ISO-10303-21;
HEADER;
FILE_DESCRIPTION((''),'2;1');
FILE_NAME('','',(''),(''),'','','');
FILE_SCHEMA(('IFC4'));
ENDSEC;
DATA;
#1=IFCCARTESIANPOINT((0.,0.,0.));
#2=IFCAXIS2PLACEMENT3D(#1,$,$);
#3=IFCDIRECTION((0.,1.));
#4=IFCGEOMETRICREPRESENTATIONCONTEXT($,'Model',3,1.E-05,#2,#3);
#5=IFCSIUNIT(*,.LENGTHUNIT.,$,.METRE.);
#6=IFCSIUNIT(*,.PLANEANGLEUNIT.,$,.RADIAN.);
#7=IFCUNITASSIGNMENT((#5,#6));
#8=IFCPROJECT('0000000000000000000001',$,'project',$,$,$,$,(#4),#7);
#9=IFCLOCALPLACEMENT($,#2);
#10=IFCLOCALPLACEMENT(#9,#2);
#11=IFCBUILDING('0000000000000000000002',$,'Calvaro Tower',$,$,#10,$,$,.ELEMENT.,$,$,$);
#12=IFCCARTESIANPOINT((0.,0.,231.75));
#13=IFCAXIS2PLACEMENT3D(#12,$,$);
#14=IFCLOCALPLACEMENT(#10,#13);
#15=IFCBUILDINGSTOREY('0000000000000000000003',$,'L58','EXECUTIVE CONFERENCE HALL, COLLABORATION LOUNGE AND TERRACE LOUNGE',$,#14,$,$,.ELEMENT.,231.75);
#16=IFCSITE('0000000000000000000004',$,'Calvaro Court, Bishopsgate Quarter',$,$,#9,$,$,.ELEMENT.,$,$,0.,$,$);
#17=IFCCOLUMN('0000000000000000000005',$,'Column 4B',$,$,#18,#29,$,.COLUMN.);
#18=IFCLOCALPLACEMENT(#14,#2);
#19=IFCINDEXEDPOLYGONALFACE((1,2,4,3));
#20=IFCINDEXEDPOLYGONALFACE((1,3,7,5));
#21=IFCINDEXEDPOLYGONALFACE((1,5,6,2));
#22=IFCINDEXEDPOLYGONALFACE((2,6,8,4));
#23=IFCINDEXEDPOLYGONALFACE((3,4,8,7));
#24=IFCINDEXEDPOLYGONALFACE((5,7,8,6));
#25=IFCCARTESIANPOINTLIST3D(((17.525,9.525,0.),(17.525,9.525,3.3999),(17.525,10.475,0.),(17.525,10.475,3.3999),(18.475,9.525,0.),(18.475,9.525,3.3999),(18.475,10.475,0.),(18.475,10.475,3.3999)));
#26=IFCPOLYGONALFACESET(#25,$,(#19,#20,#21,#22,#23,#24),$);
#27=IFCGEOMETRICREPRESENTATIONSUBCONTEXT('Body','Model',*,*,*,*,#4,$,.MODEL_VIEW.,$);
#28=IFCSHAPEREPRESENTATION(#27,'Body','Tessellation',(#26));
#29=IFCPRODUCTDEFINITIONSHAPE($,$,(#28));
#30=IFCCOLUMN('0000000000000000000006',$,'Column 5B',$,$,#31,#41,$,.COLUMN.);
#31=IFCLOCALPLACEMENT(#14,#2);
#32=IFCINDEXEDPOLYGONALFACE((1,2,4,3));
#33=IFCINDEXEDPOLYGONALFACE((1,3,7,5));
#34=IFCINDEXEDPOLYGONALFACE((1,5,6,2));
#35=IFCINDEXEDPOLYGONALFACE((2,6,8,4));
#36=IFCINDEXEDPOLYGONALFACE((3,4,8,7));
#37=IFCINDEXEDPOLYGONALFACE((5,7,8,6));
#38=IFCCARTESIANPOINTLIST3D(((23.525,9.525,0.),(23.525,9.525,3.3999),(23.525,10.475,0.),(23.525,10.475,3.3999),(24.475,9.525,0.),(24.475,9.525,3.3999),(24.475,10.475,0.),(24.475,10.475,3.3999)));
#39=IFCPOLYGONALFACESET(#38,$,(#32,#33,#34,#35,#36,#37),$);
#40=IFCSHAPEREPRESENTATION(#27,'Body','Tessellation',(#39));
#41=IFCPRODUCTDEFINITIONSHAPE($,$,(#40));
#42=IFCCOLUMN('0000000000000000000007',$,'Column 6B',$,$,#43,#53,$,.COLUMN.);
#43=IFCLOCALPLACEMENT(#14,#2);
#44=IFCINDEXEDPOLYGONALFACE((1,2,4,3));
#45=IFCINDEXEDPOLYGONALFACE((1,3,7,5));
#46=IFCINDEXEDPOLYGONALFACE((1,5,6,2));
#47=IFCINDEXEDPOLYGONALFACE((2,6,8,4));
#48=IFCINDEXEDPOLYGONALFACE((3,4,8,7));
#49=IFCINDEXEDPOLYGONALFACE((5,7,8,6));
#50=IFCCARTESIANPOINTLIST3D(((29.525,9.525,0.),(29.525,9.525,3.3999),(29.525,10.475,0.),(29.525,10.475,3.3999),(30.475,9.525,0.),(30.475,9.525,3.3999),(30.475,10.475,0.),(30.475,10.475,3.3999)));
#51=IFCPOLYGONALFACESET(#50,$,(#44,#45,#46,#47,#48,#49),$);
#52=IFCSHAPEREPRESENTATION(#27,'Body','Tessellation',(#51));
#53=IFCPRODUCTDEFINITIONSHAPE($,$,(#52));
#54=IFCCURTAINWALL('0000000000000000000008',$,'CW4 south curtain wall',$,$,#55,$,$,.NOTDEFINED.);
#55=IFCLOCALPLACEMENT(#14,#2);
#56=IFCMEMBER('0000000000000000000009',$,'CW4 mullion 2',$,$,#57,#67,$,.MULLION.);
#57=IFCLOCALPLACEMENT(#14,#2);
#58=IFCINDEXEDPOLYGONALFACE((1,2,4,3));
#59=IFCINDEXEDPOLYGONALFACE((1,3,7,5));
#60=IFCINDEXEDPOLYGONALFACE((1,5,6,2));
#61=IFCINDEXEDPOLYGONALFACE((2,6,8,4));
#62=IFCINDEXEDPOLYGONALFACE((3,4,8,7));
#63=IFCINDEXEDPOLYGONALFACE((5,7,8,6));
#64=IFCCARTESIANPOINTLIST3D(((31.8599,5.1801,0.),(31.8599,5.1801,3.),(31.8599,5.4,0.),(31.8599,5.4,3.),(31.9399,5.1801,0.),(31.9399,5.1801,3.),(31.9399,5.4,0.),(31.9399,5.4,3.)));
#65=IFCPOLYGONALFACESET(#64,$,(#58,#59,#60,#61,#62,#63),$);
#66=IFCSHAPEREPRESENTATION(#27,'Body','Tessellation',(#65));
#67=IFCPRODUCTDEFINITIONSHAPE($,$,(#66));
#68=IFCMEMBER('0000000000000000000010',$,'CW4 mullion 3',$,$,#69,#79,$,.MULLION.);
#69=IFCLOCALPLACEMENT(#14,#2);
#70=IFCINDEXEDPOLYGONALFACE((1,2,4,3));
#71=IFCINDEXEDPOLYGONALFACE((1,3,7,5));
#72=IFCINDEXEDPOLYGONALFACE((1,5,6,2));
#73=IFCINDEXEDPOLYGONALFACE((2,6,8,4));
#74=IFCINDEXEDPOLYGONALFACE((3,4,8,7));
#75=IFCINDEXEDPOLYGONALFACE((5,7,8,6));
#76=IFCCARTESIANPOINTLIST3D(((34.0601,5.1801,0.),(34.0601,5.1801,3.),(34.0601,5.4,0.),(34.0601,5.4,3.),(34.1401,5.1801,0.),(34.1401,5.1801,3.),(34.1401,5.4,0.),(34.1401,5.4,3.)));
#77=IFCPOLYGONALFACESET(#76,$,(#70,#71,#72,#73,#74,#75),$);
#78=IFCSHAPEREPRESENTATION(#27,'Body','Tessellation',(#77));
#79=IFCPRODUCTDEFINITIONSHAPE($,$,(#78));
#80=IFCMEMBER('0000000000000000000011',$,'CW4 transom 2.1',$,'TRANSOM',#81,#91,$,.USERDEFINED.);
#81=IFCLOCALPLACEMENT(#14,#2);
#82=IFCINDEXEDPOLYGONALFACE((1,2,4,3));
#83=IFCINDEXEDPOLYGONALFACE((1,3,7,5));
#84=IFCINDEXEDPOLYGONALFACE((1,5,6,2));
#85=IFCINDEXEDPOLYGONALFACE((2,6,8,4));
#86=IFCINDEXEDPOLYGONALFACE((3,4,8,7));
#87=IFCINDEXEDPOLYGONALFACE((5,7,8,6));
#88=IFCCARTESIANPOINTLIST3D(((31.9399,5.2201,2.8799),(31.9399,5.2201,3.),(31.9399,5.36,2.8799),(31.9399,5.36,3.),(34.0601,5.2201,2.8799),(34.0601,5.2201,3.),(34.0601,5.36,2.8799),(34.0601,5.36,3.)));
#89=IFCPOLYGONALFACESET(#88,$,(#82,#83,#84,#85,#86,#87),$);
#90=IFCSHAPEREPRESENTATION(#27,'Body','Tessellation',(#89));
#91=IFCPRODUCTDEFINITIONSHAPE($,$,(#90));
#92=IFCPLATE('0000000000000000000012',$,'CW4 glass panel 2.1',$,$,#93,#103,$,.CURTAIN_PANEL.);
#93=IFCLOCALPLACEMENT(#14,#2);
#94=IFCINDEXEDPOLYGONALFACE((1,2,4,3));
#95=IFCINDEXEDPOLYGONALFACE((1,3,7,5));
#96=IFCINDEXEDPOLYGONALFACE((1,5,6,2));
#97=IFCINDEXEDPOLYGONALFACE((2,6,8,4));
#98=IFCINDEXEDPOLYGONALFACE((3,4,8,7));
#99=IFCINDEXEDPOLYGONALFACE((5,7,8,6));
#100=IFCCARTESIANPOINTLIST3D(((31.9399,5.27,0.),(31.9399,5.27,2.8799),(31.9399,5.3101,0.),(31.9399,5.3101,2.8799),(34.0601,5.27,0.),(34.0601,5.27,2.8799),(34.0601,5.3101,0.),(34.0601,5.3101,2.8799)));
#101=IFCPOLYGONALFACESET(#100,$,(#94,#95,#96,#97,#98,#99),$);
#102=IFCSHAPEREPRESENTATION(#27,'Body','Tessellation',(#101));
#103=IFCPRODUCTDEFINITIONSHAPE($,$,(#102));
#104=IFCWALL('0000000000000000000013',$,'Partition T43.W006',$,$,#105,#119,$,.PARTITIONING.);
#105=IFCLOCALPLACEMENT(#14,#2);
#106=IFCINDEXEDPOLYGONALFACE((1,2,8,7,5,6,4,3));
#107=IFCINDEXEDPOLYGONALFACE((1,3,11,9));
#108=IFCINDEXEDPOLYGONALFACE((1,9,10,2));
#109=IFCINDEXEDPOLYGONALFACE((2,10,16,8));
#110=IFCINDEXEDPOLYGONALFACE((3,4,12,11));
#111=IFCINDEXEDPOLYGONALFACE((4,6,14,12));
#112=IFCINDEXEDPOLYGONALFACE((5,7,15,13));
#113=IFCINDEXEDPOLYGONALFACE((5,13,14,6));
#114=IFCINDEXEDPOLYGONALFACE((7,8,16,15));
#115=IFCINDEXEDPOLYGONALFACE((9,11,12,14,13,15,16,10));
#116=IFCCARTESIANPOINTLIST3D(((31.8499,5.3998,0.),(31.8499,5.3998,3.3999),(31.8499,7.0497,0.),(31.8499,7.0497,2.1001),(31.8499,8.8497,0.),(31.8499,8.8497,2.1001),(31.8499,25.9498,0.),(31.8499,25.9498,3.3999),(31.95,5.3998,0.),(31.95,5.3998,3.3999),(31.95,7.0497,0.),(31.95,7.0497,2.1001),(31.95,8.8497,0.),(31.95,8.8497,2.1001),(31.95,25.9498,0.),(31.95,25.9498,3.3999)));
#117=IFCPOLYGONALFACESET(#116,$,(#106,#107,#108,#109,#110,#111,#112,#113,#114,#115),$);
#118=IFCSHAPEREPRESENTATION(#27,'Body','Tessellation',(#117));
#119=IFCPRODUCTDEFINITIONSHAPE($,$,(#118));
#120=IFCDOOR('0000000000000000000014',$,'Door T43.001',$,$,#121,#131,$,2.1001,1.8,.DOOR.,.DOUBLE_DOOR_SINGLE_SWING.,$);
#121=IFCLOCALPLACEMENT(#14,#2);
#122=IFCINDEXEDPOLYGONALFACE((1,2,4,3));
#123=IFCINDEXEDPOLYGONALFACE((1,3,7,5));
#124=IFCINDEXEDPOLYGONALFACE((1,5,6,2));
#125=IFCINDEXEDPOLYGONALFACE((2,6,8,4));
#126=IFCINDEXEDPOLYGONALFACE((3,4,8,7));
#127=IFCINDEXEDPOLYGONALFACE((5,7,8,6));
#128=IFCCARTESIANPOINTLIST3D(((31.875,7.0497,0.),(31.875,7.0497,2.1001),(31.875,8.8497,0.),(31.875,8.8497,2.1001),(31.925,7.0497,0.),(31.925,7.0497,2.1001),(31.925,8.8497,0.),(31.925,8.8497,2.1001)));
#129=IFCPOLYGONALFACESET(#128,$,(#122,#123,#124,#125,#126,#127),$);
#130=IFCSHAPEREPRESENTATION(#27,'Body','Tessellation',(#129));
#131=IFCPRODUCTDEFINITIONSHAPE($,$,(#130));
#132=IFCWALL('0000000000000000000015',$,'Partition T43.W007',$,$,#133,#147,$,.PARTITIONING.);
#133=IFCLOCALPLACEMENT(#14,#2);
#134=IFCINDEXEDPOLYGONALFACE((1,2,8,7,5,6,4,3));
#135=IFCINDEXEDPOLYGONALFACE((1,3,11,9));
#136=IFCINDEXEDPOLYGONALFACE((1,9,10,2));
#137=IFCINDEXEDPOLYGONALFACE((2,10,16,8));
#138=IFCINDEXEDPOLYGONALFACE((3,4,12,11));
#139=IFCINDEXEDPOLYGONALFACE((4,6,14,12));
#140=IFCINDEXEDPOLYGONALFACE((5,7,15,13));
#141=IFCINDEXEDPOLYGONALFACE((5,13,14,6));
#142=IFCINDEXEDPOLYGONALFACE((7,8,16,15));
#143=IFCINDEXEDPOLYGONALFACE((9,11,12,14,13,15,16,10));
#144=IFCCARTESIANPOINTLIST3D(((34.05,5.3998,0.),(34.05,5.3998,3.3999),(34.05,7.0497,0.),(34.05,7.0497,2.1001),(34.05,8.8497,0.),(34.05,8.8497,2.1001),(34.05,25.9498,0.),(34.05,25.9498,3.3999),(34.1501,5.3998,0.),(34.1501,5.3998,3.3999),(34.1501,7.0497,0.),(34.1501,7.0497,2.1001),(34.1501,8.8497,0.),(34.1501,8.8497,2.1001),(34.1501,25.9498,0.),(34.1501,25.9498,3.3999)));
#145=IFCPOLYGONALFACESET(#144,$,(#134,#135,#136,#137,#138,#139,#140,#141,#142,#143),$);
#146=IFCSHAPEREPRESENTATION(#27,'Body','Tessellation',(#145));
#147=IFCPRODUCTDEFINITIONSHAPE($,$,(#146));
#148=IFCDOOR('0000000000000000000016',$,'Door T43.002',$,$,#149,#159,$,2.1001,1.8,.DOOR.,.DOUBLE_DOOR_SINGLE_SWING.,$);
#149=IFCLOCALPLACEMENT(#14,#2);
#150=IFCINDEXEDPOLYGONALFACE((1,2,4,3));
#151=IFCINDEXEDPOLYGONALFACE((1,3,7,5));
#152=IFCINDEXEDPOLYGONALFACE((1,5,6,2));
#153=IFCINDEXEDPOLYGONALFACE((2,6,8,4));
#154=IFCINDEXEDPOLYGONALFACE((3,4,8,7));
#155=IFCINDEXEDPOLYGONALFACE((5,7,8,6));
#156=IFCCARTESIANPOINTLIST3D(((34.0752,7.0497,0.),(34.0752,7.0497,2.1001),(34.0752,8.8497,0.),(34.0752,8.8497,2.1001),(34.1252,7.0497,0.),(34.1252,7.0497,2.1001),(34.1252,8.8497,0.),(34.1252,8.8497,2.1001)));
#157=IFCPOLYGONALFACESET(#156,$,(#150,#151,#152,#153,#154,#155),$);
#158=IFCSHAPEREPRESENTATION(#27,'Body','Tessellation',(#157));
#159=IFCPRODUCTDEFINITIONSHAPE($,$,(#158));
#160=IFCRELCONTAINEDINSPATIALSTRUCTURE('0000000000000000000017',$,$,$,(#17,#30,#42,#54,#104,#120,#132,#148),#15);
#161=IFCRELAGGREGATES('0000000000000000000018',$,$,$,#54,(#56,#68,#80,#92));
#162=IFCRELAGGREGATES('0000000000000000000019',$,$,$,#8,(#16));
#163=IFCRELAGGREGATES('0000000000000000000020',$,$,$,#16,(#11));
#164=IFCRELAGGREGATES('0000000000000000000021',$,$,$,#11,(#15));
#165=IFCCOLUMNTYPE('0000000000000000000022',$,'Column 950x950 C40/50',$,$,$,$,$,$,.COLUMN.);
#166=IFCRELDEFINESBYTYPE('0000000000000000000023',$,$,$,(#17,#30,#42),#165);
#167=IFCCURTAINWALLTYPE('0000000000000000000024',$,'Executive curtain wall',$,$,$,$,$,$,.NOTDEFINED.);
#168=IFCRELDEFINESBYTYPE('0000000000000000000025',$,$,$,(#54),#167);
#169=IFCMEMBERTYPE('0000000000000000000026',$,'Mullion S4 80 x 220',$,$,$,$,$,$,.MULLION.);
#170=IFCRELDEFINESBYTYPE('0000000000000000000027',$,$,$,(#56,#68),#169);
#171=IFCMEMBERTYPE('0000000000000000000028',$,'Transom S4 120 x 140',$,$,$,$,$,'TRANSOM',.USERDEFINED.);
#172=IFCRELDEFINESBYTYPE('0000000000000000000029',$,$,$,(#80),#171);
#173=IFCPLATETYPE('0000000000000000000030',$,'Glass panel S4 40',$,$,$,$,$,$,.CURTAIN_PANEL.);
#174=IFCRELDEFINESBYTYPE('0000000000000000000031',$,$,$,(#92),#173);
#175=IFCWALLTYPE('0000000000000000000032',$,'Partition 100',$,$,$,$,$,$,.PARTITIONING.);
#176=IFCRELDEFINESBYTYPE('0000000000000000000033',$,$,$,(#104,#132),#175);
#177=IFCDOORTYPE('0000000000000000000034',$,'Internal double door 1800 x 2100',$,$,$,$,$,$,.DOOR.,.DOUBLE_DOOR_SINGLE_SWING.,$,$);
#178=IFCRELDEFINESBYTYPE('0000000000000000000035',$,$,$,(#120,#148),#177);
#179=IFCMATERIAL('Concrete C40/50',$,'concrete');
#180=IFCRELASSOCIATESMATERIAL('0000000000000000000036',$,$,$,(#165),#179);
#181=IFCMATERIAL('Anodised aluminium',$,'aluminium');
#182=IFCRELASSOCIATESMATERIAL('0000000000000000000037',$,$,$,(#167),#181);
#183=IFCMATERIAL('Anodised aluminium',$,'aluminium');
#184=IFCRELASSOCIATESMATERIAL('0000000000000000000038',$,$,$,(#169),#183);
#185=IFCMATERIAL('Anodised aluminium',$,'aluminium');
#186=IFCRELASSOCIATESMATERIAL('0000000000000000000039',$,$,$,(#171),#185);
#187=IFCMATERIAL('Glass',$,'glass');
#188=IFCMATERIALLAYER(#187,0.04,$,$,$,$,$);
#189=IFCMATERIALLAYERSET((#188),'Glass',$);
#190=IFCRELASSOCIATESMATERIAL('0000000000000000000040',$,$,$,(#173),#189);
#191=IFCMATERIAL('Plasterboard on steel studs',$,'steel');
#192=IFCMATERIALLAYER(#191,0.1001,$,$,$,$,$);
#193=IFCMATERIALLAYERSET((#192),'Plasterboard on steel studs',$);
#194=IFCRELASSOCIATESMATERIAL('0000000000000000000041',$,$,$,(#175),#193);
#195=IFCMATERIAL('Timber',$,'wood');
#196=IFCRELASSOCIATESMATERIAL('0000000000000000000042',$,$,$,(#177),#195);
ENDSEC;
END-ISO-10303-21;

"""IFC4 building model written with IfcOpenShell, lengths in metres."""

from ifc_helpers import new_model, si_unit, direction, frame, frame_2d, origin, origin_2d, place, context, subcontext, project, spatial, rectangle, extrude, material, layer, layer_set, material_profile, profile_set, type_object, element, fill, aggregate, save


model = new_model("IFC4")

# Units and contexts
model_context = context("Model", 3, precision=1e-05, world=origin(), true_north=direction((0.0, 1.0)))
body_context = subcontext(model_context, "Body", "Model", "MODEL_VIEW")
ifc_project = project(units=[si_unit("LENGTHUNIT", "METRE"), si_unit("PLANEANGLEUNIT", "RADIAN")], contexts=[model_context])

# Site, building, storey
site_placement = place(None, origin())
site = spatial("IfcSite", under=ifc_project, at=site_placement, Name="Calvaro Court, Bishopsgate Quarter", CompositionType="ELEMENT", RefElevation=0.0)
building_placement = place(site_placement, origin())
building = spatial("IfcBuilding", under=site, at=building_placement, Name="Calvaro Tower", CompositionType="ELEMENT")
storey_placement = place(building_placement, frame((0.0, 0.0, 231.75)))
storey = spatial("IfcBuildingStorey", under=building, at=storey_placement, Name="L58", Description="EXECUTIVE CONFERENCE HALL, COLLABORATION LOUNGE AND TERRACE LOUNGE", CompositionType="ELEMENT", Elevation=231.75)

# Columns
ifc_material_1 = material(Name="Concrete C40/50", Category="concrete")
ifc_material_profile_1 = material_profile(ifc_material_1, rectangle(XDim=0.95, YDim=0.95, at=origin_2d()), Name="RC 950x950")
ifc_profile_set_1 = profile_set([ifc_material_profile_1], Name="Concrete C40/50")
column_type = type_object("IfcColumnType", Name="Column 950x950 C40/50", PredefinedType="COLUMN", material=ifc_profile_set_1)
for number, where, z_axis, x_axis, name in (
    (1, (18.0, 10.0, 0.0), (0.0, 0.0, 1.0), (1.0, 0.0, 0.0), "Column 4B"),
    (2, (24.0, 10.0, 0.0), (0.0, 0.0, 1.0), (1.0, 0.0, 0.0), "Column 5B"),
    (3, (30.0, 10.0, 0.0), (0.0, 0.0, 1.0), (1.0, 0.0, 0.0), "Column 6B"),
):
    element("IfcColumn", number, at=place(storey_placement, frame(where, z_axis=z_axis, x_axis=x_axis)), inside=storey, type_object=column_type, Name=name, PredefinedType="COLUMN", context=body_context, shape_type="SweptSolid", body=[
        extrude(rectangle(XDim=0.95, YDim=0.95, at=origin_2d()), origin(), (0.0, 0.0, 1.0), 3.3999),
    ])

# Curtain wall, members, plate
ifc_material_2 = material(Name="Anodised aluminium", Category="aluminium")
curtain_wall_type = type_object("IfcCurtainWallType", Name="Executive curtain wall", PredefinedType="NOTDEFINED", material=ifc_material_2)
curtain_wall_placement = place(storey_placement, origin())
curtain_wall = element("IfcCurtainWall", 4, at=curtain_wall_placement, inside=storey, type_object=curtain_wall_type, Name="CW4 south curtain wall", PredefinedType="NOTDEFINED")
ifc_material_3 = material(Name="Anodised aluminium", Category="aluminium")
ifc_material_profile_2 = material_profile(ifc_material_3, rectangle(XDim=0.22, YDim=0.0801, at=origin_2d()), Name="Mullion S4 80 x 220")
ifc_profile_set_2 = profile_set([ifc_material_profile_2], Name="Anodised aluminium")
member_type_1 = type_object("IfcMemberType", Name="Mullion S4 80 x 220", PredefinedType="MULLION", material=ifc_profile_set_2)
member_1_placement = place(storey_placement, frame((31.8999, 5.29, 0.0), z_axis=(0.0, 0.0, 1.0), x_axis=(0.0, 1.0, 0.0)))
member_1 = element("IfcMember", 5, at=member_1_placement, type_object=member_type_1, Name="CW4 mullion 2", PredefinedType="MULLION", context=body_context, shape_type="SweptSolid", body=[
    extrude(rectangle(XDim=0.22, YDim=0.0801, at=origin_2d()), origin(), (0.0, 0.0, 1.0), 3.0),
])
member_2_placement = place(storey_placement, frame((34.1001, 5.29, 0.0), z_axis=(0.0, 0.0, 1.0), x_axis=(0.0, 1.0, 0.0)))
member_2 = element("IfcMember", 6, at=member_2_placement, type_object=member_type_1, Name="CW4 mullion 3", PredefinedType="MULLION", context=body_context, shape_type="SweptSolid", body=[
    extrude(rectangle(XDim=0.22, YDim=0.0801, at=origin_2d()), origin(), (0.0, 0.0, 1.0), 3.0),
])
ifc_material_4 = material(Name="Anodised aluminium", Category="aluminium")
ifc_material_profile_3 = material_profile(ifc_material_4, rectangle(XDim=0.1399, YDim=0.1201, at=origin_2d()), Name="Transom S4 120 x 140")
ifc_profile_set_3 = profile_set([ifc_material_profile_3], Name="Anodised aluminium")
member_type_2 = type_object("IfcMemberType", Name="Transom S4 120 x 140", ElementType="TRANSOM", PredefinedType="USERDEFINED", material=ifc_profile_set_3)
member_3_placement = place(storey_placement, frame((31.9399, 5.29, 2.9399), z_axis=(1.0, 0.0, 0.0), x_axis=(0.0, 1.0, 0.0)))
member_3 = element("IfcMember", 7, at=member_3_placement, type_object=member_type_2, Name="CW4 transom 2.1", ObjectType="TRANSOM", PredefinedType="USERDEFINED", context=body_context, shape_type="SweptSolid", body=[
    extrude(rectangle(XDim=0.1399, YDim=0.1201, at=origin_2d()), origin(), (0.0, 0.0, 1.0), 2.1201),
])
ifc_material_5 = material(Name="Glass", Category="glass")
ifc_layer_1 = layer(ifc_material_5, 0.04)
ifc_layer_set_1 = layer_set([ifc_layer_1], Name="Glass")
plate_type = type_object("IfcPlateType", Name="Glass panel S4 40", PredefinedType="CURTAIN_PANEL", material=ifc_layer_set_1)
plate_placement = place(storey_placement, frame((33.0, 5.29, 0.0), z_axis=(0.0, 0.0, 1.0), x_axis=(1.0, 0.0, 0.0)))
plate = element("IfcPlate", 8, at=plate_placement, type_object=plate_type, Name="CW4 glass panel 2.1", PredefinedType="CURTAIN_PANEL", context=body_context, shape_type="SweptSolid", body=[
    extrude(rectangle(XDim=2.1201, YDim=0.04, at=origin_2d()), origin(), (0.0, 0.0, 1.0), 2.8799),
])
aggregate(curtain_wall, [member_1, member_2, member_3, plate])

# Walls, openings, doors
ifc_material_6 = material(Name="Plasterboard on steel studs", Category="steel")
ifc_layer_2 = layer(ifc_material_6, 0.1001)
ifc_layer_set_2 = layer_set([ifc_layer_2], Name="Plasterboard on steel studs")
wall_type_1 = type_object("IfcWallType", Name="Partition 100", PredefinedType="PARTITIONING", material=ifc_layer_set_2)
wall_1_placement = place(storey_placement, frame((31.8999, 5.3999, 0.0), z_axis=(0.0, 0.0, 1.0), x_axis=(0.0, 1.0, 0.0)))
wall_1 = element("IfcWall", 9, at=wall_1_placement, inside=storey, type_object=wall_type_1, Name="Partition T43.W006", PredefinedType="PARTITIONING", context=body_context, shape_type="SweptSolid", body=[
    extrude(rectangle(XDim=20.55, YDim=0.1001, at=frame_2d((10.2749, 0.0))), origin(), (0.0, 0.0, 1.0), 3.3999),
])
opening_1_placement = place(wall_1_placement, frame((1.6499, 0.0, 0.0)))
opening_1 = element("IfcOpeningElement", 10, at=opening_1_placement, cuts=wall_1, PredefinedType="OPENING", context=body_context, shape_type="SweptSolid", body=[
    extrude(rectangle(XDim=1.8, YDim=2.1001, at=frame_2d((0.8999, 1.05))), frame((0.0, 0.0601, 0.0), z_axis=(0.0, -1.0, 0.0), x_axis=(1.0, 0.0, 0.0)), (0.0, 0.0, 1.0), 0.1201),
])
ifc_material_7 = material(Name="Timber", Category="wood")
door_type_1 = type_object("IfcDoorType", Name="Internal double door 1800 x 2100", OperationType="DOUBLE_DOOR_SINGLE_SWING", PredefinedType="DOOR", material=ifc_material_7)
door_1_placement = place(opening_1_placement, origin())
door_1 = element("IfcDoor", 11, at=door_1_placement, inside=storey, type_object=door_type_1, Name="Door T43.001", OperationType="DOUBLE_DOOR_SINGLE_SWING", OverallHeight=2.1001, OverallWidth=1.8, PredefinedType="DOOR", context=body_context, shape_type="SweptSolid", body=[
    extrude(rectangle(XDim=1.8, YDim=2.1001, at=frame_2d((0.8999, 1.05))), frame((0.0, 0.0249, 0.0), z_axis=(0.0, -1.0, 0.0), x_axis=(1.0, 0.0, 0.0)), (0.0, 0.0, 1.0), 0.05),
])
fill(opening_1, door_1)
wall_2_placement = place(storey_placement, frame((34.1001, 5.3999, 0.0), z_axis=(0.0, 0.0, 1.0), x_axis=(0.0, 1.0, 0.0)))
wall_2 = element("IfcWall", 12, at=wall_2_placement, inside=storey, type_object=wall_type_1, Name="Partition T43.W007", PredefinedType="PARTITIONING", context=body_context, shape_type="SweptSolid", body=[
    extrude(rectangle(XDim=20.55, YDim=0.1001, at=frame_2d((10.2749, 0.0))), origin(), (0.0, 0.0, 1.0), 3.3999),
])
opening_2_placement = place(wall_2_placement, frame((1.6499, 0.0, 0.0)))
opening_2 = element("IfcOpeningElement", 13, at=opening_2_placement, cuts=wall_2, PredefinedType="OPENING", context=body_context, shape_type="SweptSolid", body=[
    extrude(rectangle(XDim=1.8, YDim=2.1001, at=frame_2d((0.8999, 1.05))), frame((0.0, 0.0601, 0.0), z_axis=(0.0, -1.0, 0.0), x_axis=(1.0, 0.0, 0.0)), (0.0, 0.0, 1.0), 0.1201),
])
door_2_placement = place(opening_2_placement, origin())
door_2 = element("IfcDoor", 14, at=door_2_placement, inside=storey, type_object=door_type_1, Name="Door T43.002", OperationType="DOUBLE_DOOR_SINGLE_SWING", OverallHeight=2.1001, OverallWidth=1.8, PredefinedType="DOOR", context=body_context, shape_type="SweptSolid", body=[
    extrude(rectangle(XDim=1.8, YDim=2.1001, at=frame_2d((0.8999, 1.05))), frame((0.0, 0.0249, 0.0), z_axis=(0.0, -1.0, 0.0), x_axis=(1.0, 0.0, 0.0)), (0.0, 0.0, 1.0), 0.05),
])
fill(opening_2, door_2)

save(model, "model.ifc")
